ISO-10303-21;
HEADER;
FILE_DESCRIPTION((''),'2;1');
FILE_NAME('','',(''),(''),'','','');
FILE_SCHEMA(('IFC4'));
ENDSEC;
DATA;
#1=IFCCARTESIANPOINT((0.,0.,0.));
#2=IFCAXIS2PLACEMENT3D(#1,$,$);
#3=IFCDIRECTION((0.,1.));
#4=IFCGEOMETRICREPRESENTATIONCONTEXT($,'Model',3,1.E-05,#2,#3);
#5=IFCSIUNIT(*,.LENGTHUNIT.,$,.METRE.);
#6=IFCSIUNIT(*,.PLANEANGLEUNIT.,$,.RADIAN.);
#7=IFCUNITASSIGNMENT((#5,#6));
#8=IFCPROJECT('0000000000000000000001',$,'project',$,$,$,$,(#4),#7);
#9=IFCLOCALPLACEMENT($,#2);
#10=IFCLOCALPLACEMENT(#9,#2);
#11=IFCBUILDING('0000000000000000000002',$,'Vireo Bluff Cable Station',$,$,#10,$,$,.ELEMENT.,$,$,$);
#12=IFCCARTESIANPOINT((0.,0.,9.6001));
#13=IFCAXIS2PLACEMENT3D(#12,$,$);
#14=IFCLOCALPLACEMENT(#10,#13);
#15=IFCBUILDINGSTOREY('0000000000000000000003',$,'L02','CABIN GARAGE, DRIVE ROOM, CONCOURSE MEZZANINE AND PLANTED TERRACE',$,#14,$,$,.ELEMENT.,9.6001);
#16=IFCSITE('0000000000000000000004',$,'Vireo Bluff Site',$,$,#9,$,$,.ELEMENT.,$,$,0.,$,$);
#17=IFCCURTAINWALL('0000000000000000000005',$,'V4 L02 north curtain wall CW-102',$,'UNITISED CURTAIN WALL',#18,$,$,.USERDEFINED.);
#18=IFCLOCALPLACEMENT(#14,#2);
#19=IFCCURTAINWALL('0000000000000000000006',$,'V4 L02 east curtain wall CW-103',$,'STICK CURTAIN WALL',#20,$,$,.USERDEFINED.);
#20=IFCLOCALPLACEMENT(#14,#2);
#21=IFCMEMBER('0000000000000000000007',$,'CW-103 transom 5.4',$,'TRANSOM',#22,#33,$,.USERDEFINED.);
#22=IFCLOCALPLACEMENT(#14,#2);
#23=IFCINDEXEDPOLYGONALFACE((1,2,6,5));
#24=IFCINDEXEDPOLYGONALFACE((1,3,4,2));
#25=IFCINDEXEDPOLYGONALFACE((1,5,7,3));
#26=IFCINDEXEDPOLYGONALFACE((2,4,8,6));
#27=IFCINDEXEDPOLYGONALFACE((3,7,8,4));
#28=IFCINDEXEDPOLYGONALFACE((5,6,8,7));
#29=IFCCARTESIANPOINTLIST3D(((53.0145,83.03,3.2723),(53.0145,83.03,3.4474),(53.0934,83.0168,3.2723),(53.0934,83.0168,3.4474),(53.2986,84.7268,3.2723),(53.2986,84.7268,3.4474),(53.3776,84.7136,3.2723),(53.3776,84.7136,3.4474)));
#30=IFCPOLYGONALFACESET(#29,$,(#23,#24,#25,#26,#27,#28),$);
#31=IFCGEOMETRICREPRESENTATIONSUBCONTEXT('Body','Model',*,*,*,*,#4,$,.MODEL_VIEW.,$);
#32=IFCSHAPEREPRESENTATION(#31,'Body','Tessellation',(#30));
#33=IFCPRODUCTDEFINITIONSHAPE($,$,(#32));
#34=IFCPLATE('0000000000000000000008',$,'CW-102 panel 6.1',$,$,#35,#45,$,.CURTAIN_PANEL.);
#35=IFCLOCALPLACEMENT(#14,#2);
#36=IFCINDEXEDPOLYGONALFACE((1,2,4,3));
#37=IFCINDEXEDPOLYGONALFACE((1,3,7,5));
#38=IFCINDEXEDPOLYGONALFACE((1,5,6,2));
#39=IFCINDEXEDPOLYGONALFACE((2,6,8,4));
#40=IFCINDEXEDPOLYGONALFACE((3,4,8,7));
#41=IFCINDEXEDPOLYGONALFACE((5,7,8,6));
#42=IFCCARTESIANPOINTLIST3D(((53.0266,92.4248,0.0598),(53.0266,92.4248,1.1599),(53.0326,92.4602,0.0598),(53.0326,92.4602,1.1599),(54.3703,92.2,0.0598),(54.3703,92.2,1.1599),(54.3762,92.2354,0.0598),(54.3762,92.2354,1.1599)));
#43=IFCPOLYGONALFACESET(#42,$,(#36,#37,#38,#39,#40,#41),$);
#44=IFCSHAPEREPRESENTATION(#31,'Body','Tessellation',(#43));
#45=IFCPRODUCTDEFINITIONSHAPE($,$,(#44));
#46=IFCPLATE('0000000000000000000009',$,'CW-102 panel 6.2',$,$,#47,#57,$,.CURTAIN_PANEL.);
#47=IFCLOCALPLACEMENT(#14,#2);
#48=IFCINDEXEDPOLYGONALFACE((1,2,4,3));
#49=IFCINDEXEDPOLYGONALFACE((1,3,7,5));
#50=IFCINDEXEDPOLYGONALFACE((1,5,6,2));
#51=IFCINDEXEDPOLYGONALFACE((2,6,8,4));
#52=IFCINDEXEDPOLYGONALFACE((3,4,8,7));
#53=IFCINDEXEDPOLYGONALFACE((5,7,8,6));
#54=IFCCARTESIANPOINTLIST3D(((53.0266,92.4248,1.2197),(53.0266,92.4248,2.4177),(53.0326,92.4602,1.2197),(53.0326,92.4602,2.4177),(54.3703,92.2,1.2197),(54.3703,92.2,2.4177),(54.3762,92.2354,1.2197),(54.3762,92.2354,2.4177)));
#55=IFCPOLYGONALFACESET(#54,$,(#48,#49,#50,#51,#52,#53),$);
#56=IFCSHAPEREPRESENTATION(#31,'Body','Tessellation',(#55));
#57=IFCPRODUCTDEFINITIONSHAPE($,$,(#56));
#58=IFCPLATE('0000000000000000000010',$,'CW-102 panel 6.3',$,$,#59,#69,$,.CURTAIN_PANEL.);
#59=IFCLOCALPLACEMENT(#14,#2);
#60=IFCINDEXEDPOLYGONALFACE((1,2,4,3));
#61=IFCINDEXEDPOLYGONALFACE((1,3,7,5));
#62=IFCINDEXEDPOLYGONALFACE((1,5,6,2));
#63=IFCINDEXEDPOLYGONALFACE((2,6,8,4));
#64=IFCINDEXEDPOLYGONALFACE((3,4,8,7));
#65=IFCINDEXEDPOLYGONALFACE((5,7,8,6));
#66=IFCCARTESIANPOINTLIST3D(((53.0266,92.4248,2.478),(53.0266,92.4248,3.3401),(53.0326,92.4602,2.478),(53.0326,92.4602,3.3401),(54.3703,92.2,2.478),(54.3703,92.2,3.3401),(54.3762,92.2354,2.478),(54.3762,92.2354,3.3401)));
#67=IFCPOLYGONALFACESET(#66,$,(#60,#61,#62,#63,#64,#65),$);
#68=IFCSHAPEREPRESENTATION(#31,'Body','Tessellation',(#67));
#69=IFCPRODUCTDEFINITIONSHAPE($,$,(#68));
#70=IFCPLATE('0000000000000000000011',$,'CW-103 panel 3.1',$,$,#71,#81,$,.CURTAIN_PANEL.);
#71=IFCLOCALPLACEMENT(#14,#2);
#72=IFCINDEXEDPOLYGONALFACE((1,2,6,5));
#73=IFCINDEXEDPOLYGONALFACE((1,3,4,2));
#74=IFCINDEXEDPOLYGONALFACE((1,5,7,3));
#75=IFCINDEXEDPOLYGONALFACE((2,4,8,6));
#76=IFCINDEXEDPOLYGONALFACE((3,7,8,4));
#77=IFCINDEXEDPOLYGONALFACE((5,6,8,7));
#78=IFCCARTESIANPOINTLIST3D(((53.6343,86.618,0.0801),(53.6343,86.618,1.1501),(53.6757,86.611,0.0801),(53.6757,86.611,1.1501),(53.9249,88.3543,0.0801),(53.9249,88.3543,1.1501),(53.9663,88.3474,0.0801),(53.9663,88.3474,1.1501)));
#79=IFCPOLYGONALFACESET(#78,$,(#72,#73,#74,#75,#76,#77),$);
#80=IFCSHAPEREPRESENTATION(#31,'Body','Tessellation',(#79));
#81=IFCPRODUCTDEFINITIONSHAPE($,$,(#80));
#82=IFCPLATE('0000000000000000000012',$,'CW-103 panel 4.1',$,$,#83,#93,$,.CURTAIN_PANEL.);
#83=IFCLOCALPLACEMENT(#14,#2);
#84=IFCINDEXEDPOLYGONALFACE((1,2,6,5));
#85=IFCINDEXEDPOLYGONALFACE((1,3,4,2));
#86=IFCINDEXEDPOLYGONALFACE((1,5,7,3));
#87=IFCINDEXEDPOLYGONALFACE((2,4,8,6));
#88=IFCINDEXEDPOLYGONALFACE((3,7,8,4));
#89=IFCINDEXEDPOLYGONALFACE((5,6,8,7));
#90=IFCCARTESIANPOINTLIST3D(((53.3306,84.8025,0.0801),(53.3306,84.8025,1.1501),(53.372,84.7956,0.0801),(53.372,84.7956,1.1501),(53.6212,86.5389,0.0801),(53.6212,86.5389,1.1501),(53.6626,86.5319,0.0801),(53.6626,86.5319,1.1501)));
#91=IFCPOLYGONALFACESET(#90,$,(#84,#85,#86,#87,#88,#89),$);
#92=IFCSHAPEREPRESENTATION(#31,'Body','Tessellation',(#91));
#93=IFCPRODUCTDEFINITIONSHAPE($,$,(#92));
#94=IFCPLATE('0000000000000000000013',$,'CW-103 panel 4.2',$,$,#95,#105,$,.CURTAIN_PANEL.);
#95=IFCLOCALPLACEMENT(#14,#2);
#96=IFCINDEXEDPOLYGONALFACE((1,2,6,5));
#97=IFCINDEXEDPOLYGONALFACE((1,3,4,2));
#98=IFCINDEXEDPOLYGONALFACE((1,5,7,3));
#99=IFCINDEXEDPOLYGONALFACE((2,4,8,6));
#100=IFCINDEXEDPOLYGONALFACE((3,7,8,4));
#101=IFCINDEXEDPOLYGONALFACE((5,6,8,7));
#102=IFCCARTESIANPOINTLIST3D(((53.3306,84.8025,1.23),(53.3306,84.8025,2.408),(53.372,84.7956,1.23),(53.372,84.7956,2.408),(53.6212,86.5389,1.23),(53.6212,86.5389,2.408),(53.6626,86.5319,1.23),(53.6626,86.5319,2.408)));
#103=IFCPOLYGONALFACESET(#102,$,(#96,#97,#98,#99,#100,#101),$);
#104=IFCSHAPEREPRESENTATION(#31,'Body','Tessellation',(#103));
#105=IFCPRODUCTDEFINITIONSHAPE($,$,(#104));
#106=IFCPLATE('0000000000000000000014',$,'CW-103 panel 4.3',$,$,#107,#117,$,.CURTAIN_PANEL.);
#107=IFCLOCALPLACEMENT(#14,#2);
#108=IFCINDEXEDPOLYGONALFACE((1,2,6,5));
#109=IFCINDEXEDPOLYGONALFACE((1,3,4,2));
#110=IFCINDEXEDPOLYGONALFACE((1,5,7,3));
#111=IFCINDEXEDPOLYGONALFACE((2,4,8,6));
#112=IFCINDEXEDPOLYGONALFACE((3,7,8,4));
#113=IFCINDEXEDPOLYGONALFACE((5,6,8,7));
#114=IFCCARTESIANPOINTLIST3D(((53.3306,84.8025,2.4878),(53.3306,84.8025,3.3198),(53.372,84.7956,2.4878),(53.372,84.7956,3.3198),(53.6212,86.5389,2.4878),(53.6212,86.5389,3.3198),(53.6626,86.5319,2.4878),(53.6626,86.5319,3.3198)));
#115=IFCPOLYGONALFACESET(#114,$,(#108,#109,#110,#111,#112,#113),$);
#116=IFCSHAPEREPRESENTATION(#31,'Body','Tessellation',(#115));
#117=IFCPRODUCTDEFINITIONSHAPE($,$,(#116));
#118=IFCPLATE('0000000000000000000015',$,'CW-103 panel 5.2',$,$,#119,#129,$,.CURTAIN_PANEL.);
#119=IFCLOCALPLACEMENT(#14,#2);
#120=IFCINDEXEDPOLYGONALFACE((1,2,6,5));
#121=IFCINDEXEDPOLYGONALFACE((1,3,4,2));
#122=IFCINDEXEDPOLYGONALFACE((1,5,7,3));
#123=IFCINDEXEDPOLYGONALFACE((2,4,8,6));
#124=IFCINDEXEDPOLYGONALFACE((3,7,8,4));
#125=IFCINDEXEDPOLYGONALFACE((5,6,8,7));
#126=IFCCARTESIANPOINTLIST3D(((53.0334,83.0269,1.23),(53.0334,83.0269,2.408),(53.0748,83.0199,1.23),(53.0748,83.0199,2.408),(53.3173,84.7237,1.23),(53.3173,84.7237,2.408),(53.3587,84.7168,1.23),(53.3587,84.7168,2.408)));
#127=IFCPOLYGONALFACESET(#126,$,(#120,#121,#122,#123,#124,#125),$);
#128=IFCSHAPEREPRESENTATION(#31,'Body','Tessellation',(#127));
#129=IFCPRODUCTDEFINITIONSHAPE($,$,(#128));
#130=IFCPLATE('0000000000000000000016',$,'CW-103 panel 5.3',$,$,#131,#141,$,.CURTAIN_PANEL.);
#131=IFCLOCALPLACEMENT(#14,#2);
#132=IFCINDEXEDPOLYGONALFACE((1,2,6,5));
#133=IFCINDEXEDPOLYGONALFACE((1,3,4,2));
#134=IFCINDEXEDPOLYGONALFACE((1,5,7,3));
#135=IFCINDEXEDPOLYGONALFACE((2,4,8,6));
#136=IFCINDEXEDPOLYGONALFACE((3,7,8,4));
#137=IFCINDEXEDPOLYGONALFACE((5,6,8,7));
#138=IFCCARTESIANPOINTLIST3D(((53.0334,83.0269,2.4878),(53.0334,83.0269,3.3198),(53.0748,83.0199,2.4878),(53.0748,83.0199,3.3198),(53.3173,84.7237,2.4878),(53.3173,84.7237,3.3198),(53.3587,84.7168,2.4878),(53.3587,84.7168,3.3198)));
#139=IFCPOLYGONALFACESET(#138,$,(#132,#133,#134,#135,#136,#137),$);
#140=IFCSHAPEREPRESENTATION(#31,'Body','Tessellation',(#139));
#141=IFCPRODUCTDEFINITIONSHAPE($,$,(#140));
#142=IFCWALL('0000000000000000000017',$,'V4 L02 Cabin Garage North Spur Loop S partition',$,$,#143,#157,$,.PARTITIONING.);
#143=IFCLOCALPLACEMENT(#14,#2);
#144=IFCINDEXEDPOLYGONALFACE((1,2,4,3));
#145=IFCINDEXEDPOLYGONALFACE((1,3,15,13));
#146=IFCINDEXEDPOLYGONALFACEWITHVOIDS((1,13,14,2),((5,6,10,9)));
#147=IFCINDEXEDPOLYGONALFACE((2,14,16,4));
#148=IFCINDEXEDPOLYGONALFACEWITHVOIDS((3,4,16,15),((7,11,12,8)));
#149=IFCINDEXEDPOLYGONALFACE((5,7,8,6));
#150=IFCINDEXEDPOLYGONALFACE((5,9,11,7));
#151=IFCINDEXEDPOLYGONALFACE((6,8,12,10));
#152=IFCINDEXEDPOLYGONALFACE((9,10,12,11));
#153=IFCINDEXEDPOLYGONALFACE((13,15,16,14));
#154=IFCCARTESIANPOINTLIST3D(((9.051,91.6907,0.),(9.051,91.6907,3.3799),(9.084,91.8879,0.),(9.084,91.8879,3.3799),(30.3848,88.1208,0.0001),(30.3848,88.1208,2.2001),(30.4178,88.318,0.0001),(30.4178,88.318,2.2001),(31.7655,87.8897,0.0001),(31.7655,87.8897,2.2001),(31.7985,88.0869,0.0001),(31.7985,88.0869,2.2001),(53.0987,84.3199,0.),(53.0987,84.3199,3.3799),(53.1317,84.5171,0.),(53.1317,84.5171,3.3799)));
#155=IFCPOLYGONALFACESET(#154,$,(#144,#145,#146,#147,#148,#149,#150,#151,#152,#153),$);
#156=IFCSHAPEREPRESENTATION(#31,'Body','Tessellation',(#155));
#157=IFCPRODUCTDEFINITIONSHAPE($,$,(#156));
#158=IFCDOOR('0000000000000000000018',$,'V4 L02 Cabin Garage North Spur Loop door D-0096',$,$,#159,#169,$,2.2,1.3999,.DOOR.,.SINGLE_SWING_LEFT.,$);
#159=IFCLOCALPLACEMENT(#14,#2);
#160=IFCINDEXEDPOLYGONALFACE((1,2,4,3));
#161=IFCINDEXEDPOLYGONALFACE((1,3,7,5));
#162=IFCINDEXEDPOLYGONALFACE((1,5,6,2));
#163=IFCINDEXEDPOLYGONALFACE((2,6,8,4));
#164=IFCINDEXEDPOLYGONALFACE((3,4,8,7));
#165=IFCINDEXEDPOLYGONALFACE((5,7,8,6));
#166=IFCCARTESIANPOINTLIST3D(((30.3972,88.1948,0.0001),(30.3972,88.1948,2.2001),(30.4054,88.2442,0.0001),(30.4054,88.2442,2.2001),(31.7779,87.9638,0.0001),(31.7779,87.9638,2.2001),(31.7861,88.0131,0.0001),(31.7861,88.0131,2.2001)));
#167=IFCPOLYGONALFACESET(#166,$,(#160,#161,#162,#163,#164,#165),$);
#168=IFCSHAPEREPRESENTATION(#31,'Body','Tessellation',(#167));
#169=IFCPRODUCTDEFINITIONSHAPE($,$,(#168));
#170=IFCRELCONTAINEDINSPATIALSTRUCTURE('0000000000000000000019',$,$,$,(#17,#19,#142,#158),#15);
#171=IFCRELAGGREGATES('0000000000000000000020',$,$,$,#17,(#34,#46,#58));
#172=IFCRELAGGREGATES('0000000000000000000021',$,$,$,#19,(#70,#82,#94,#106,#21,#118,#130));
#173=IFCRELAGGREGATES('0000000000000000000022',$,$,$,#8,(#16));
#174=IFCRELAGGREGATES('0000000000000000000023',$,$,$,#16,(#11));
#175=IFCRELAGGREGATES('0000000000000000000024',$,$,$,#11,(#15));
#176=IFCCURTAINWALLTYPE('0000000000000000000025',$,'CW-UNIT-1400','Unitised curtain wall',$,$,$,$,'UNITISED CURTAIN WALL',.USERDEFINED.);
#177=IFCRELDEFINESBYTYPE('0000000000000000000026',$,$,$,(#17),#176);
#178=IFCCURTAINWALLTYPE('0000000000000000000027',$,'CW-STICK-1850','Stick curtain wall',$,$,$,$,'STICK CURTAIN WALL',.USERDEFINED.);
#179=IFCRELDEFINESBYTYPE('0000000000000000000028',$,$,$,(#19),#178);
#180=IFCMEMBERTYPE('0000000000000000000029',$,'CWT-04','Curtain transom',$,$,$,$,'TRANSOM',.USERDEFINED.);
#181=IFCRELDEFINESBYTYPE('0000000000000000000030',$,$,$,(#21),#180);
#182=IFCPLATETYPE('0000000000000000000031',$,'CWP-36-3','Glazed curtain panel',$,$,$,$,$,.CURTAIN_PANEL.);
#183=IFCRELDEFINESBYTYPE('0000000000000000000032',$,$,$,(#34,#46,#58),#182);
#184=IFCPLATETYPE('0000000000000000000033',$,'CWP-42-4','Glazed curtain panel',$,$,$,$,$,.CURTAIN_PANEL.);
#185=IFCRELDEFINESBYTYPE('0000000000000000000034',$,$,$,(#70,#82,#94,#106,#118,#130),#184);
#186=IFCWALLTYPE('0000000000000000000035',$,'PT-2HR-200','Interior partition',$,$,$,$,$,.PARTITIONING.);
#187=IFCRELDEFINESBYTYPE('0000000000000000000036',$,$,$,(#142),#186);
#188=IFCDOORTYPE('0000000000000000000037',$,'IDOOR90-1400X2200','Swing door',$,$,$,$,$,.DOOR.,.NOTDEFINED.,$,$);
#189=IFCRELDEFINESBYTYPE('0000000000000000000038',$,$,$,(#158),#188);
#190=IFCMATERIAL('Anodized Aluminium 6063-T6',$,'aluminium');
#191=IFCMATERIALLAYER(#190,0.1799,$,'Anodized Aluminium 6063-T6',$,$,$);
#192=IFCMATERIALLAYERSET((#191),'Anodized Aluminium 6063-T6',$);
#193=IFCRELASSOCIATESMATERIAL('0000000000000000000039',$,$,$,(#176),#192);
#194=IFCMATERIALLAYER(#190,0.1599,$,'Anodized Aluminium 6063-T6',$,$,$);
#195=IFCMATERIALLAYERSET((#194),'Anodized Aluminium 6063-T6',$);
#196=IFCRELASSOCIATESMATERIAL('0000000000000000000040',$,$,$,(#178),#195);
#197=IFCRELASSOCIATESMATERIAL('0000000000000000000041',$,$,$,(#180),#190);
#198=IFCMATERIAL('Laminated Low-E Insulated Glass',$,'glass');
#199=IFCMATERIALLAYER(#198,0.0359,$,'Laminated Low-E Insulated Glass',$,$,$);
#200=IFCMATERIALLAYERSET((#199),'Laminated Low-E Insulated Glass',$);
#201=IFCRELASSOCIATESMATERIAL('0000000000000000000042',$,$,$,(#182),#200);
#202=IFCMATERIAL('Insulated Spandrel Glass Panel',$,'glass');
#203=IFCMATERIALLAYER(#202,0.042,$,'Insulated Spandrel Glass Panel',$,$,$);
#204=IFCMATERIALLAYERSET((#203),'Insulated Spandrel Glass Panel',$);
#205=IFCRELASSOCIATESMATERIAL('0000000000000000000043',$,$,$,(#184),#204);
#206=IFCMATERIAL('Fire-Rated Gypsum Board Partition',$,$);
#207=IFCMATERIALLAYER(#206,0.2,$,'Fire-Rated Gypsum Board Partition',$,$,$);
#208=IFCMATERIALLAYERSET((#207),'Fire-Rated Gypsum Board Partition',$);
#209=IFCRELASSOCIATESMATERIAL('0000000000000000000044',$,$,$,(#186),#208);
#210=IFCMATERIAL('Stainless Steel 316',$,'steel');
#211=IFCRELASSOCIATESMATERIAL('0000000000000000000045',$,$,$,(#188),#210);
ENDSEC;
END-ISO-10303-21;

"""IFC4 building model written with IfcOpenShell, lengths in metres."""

from ifc_helpers import new_model, si_unit, direction, frame, frame_2d, origin, origin_with_axes, origin_2d, place, context, subcontext, project, spatial, rectangle, extrude, material, layer, layer_set, material_profile, profile_set, type_object, element, fill, aggregate, save


model = new_model("IFC4")

# Units and contexts
model_context = context("Model", 3, precision=1e-05, world=origin(), true_north=direction((0.0, 1.0)))
body_context = subcontext(model_context, "Body", "Model", "MODEL_VIEW")
ifc_project = project(units=[si_unit("LENGTHUNIT", "METRE"), si_unit("PLANEANGLEUNIT", "RADIAN")], contexts=[model_context])

# Site, building, storey
site_placement = place(None, origin())
site = spatial("IfcSite", under=ifc_project, at=site_placement, Name="Vireo Bluff Site", CompositionType="ELEMENT", RefElevation=0.0)
building_placement = place(site_placement, origin())
building = spatial("IfcBuilding", under=site, at=building_placement, Name="Vireo Bluff Cable Station", CompositionType="ELEMENT")
storey_placement = place(building_placement, frame((0.0, 0.0, 9.6001)))
storey = spatial("IfcBuildingStorey", under=building, at=storey_placement, Name="L02", Description="CABIN GARAGE, DRIVE ROOM, CONCOURSE MEZZANINE AND PLANTED TERRACE", CompositionType="ELEMENT", Elevation=9.6001)

# Curtain wall
ifc_material_1 = material(Name="Anodized Aluminium 6063-T6", Category="aluminium")
ifc_layer_1 = layer(ifc_material_1, 0.1799, Name="Anodized Aluminium 6063-T6")
ifc_layer_set_1 = layer_set([ifc_layer_1], Name="Anodized Aluminium 6063-T6")
curtain_wall_type_1 = type_object("IfcCurtainWallType", Name="CW-UNIT-1400", Description="Unitised curtain wall", ElementType="UNITISED CURTAIN WALL", PredefinedType="USERDEFINED", material=ifc_layer_set_1)
curtain_wall_1_placement = place(storey_placement, origin())
curtain_wall_1 = element("IfcCurtainWall", 1, at=curtain_wall_1_placement, inside=storey, type_object=curtain_wall_type_1, Name="V4 L02 north curtain wall CW-102", ObjectType="UNITISED CURTAIN WALL", PredefinedType="USERDEFINED")

# Curtain wall
ifc_layer_2 = layer(ifc_material_1, 0.1599, Name="Anodized Aluminium 6063-T6")
ifc_layer_set_2 = layer_set([ifc_layer_2], Name="Anodized Aluminium 6063-T6")
curtain_wall_type_2 = type_object("IfcCurtainWallType", Name="CW-STICK-1850", Description="Stick curtain wall", ElementType="STICK CURTAIN WALL", PredefinedType="USERDEFINED", material=ifc_layer_set_2)
curtain_wall_2_placement = place(storey_placement, origin())
curtain_wall_2 = element("IfcCurtainWall", 2, at=curtain_wall_2_placement, inside=storey, type_object=curtain_wall_type_2, Name="V4 L02 east curtain wall CW-103", ObjectType="STICK CURTAIN WALL", PredefinedType="USERDEFINED")

# Member
ifc_material_profile_1 = material_profile(ifc_material_1, rectangle(XDim=0.0801, YDim=0.175, at=origin_2d()), Name="ALU-T-80X175")
ifc_profile_set_1 = profile_set([ifc_material_profile_1], Name="Anodized Aluminium 6063-T6")
member_type_1 = type_object("IfcMemberType", Name="CWT-04", Description="Curtain transom", ElementType="TRANSOM", PredefinedType="USERDEFINED", material=ifc_profile_set_1)
member_1_placement = place(storey_placement, frame((53.3381, 84.7202, 3.3599), z_axis=(-0.165181, -0.986263, 0.0), x_axis=(0.986263, -0.165181, 0.0)))
member_1 = element("IfcMember", 3, at=member_1_placement, type_object=member_type_1, Name="CW-103 transom 5.4", ObjectType="TRANSOM", PredefinedType="USERDEFINED", context=body_context, shape_type="SweptSolid", body=[
    extrude(rectangle(XDim=0.0801, YDim=0.175, at=origin_2d()), origin(), (0.0, 0.0, 1.0), 1.7205),
])

# Plates
ifc_material_2 = material(Name="Laminated Low-E Insulated Glass", Category="glass")
ifc_layer_3 = layer(ifc_material_2, 0.0359, Name="Laminated Low-E Insulated Glass")
ifc_layer_set_3 = layer_set([ifc_layer_3], Name="Laminated Low-E Insulated Glass")
plate_type_1 = type_object("IfcPlateType", Name="CWP-36-3", Description="Glazed curtain panel", PredefinedType="CURTAIN_PANEL", material=ifc_layer_set_3)
plate_1_placement = place(storey_placement, frame((53.7014, 92.3301, 0.0598), z_axis=(0.0, 0.0, 1.0), x_axis=(0.986286, -0.165048, 0.0)))
plate_1 = element("IfcPlate", 4, at=plate_1_placement, type_object=plate_type_1, Name="CW-102 panel 6.1", PredefinedType="CURTAIN_PANEL", context=body_context, shape_type="SweptSolid", body=[
    extrude(rectangle(XDim=1.3623, YDim=0.0359, at=origin_2d()), origin(), (0.0, 0.0, 1.0), 1.1001),
])
plate_2_placement = place(storey_placement, frame((53.7014, 92.3301, 1.2197), z_axis=(0.0, 0.0, 1.0), x_axis=(0.986286, -0.165048, 0.0)))
plate_2 = element("IfcPlate", 5, at=plate_2_placement, type_object=plate_type_1, Name="CW-102 panel 6.2", PredefinedType="CURTAIN_PANEL", context=body_context, shape_type="SweptSolid", body=[
    extrude(rectangle(XDim=1.3623, YDim=0.0359, at=origin_2d()), origin(), (0.0, 0.0, 1.0), 1.198),
])
plate_3_placement = place(storey_placement, frame((53.7014, 92.3301, 2.478), z_axis=(0.0, 0.0, 1.0), x_axis=(0.986286, -0.165048, 0.0)))
plate_3 = element("IfcPlate", 6, at=plate_3_placement, type_object=plate_type_1, Name="CW-102 panel 6.3", PredefinedType="CURTAIN_PANEL", context=body_context, shape_type="SweptSolid", body=[
    extrude(rectangle(XDim=1.3623, YDim=0.0359, at=origin_2d()), origin(), (0.0, 0.0, 1.0), 0.8621),
])
aggregate(curtain_wall_1, [plate_1, plate_2, plate_3])
ifc_material_3 = material(Name="Insulated Spandrel Glass Panel", Category="glass")
ifc_layer_4 = layer(ifc_material_3, 0.042, Name="Insulated Spandrel Glass Panel")
ifc_layer_set_4 = layer_set([ifc_layer_4], Name="Insulated Spandrel Glass Panel")
plate_type_2 = type_object("IfcPlateType", Name="CWP-42-4", Description="Glazed curtain panel", PredefinedType="CURTAIN_PANEL", material=ifc_layer_set_4)
plate_4_placement = place(storey_placement, frame((53.8003, 87.4827, 0.0801), z_axis=(0.0, 0.0, 1.0), x_axis=(-0.165048, -0.986286, 0.0)))
plate_4 = element("IfcPlate", 7, at=plate_4_placement, type_object=plate_type_2, Name="CW-103 panel 3.1", PredefinedType="CURTAIN_PANEL", context=body_context, shape_type="SweptSolid", body=[
    extrude(rectangle(XDim=1.7605, YDim=0.042, at=origin_2d()), origin(), (0.0, 0.0, 1.0), 1.0701),
])
plate_5_placement = place(storey_placement, frame((53.4966, 85.6672, 0.0801), z_axis=(0.0, 0.0, 1.0), x_axis=(-0.165048, -0.986286, 0.0)))
plate_5 = element("IfcPlate", 8, at=plate_5_placement, type_object=plate_type_2, Name="CW-103 panel 4.1", PredefinedType="CURTAIN_PANEL", context=body_context, shape_type="SweptSolid", body=[
    extrude(rectangle(XDim=1.7605, YDim=0.042, at=origin_2d()), origin(), (0.0, 0.0, 1.0), 1.0701),
])
plate_6_placement = place(storey_placement, frame((53.4966, 85.6672, 1.23), z_axis=(0.0, 0.0, 1.0), x_axis=(-0.165048, -0.986286, 0.0)))
plate_6 = element("IfcPlate", 9, at=plate_6_placement, type_object=plate_type_2, Name="CW-103 panel 4.2", PredefinedType="CURTAIN_PANEL", context=body_context, shape_type="SweptSolid", body=[
    extrude(rectangle(XDim=1.7605, YDim=0.042, at=origin_2d()), origin(), (0.0, 0.0, 1.0), 1.178),
])
plate_7_placement = place(storey_placement, frame((53.4966, 85.6672, 2.4878), z_axis=(0.0, 0.0, 1.0), x_axis=(-0.165048, -0.986286, 0.0)))
plate_7 = element("IfcPlate", 10, at=plate_7_placement, type_object=plate_type_2, Name="CW-103 panel 4.3", PredefinedType="CURTAIN_PANEL", context=body_context, shape_type="SweptSolid", body=[
    extrude(rectangle(XDim=1.7605, YDim=0.042, at=origin_2d()), origin(), (0.0, 0.0, 1.0), 0.832),
])
plate_8_placement = place(storey_placement, frame((53.196, 83.8718, 1.23), z_axis=(0.0, 0.0, 1.0), x_axis=(-0.165048, -0.986286, 0.0)))
plate_8 = element("IfcPlate", 11, at=plate_8_placement, type_object=plate_type_2, Name="CW-103 panel 5.2", PredefinedType="CURTAIN_PANEL", context=body_context, shape_type="SweptSolid", body=[
    extrude(rectangle(XDim=1.7205, YDim=0.042, at=origin_2d()), origin(), (0.0, 0.0, 1.0), 1.178),
])
plate_9_placement = place(storey_placement, frame((53.196, 83.8718, 2.4878), z_axis=(0.0, 0.0, 1.0), x_axis=(-0.165048, -0.986286, 0.0)))
plate_9 = element("IfcPlate", 12, at=plate_9_placement, type_object=plate_type_2, Name="CW-103 panel 5.3", PredefinedType="CURTAIN_PANEL", context=body_context, shape_type="SweptSolid", body=[
    extrude(rectangle(XDim=1.7205, YDim=0.042, at=origin_2d()), origin(), (0.0, 0.0, 1.0), 0.832),
])
aggregate(curtain_wall_2, [plate_4, plate_5, plate_6, plate_7, member_1, plate_8, plate_9])

# Wall, opening, door
ifc_material_4 = material(Name="Fire-Rated Gypsum Board Partition")
ifc_layer_5 = layer(ifc_material_4, 0.2, Name="Fire-Rated Gypsum Board Partition")
ifc_layer_set_5 = layer_set([ifc_layer_5], Name="Fire-Rated Gypsum Board Partition")
wall_type = type_object("IfcWallType", Name="PT-2HR-200", Description="Interior partition", PredefinedType="PARTITIONING", material=ifc_layer_set_5)
wall_placement = place(storey_placement, frame((53.1152, 84.4185, 0.0), z_axis=(0.0, 0.0, 1.0), x_axis=(-0.986286, 0.165043, 0.0)))
wall = element("IfcWall", 13, at=wall_placement, inside=storey, type_object=wall_type, Name="V4 L02 Cabin Garage North Spur Loop S partition", PredefinedType="PARTITIONING", context=body_context, shape_type="SweptSolid", body=[
    extrude(rectangle(XDim=44.6602, YDim=0.2, at=frame_2d((22.3301, 0.0))), origin(), (0.0, 0.0, 1.0), 3.3799),
])
opening_placement = place(wall_placement, frame((21.6299, 0.0, 0.0)))
opening = element("IfcOpeningElement", 14, at=opening_placement, cuts=wall, PredefinedType="OPENING", context=body_context, shape_type="SweptSolid", body=[
    extrude(rectangle(XDim=1.3999, YDim=2.2, at=frame_2d((0.7, 1.1001))), frame((0.0, 0.1099, 0.0), z_axis=(0.0, -1.0, 0.0), x_axis=(1.0, 0.0, 0.0)), (0.0, 0.0, 1.0), 0.22),
])
ifc_material_5 = material(Name="Stainless Steel 316", Category="steel")
door_type = type_object("IfcDoorType", Name="IDOOR90-1400X2200", Description="Swing door", OperationType="NOTDEFINED", PredefinedType="DOOR", material=ifc_material_5)
door_placement = place(opening_placement, origin_with_axes())
door = element("IfcDoor", 15, at=door_placement, inside=storey, type_object=door_type, Name="V4 L02 Cabin Garage North Spur Loop door D-0096", OperationType="SINGLE_SWING_LEFT", OverallHeight=2.2, OverallWidth=1.3999, PredefinedType="DOOR", context=body_context, shape_type="SweptSolid", body=[
    extrude(rectangle(XDim=1.3999, YDim=2.2, at=frame_2d((0.7, 1.1001))), frame((0.0, 0.0249, 0.0), z_axis=(0.0, -1.0, 0.0), x_axis=(1.0, 0.0, 0.0)), (0.0, 0.0, 1.0), 0.05),
])
fill(opening, door)

save(model, "model.ifc")
